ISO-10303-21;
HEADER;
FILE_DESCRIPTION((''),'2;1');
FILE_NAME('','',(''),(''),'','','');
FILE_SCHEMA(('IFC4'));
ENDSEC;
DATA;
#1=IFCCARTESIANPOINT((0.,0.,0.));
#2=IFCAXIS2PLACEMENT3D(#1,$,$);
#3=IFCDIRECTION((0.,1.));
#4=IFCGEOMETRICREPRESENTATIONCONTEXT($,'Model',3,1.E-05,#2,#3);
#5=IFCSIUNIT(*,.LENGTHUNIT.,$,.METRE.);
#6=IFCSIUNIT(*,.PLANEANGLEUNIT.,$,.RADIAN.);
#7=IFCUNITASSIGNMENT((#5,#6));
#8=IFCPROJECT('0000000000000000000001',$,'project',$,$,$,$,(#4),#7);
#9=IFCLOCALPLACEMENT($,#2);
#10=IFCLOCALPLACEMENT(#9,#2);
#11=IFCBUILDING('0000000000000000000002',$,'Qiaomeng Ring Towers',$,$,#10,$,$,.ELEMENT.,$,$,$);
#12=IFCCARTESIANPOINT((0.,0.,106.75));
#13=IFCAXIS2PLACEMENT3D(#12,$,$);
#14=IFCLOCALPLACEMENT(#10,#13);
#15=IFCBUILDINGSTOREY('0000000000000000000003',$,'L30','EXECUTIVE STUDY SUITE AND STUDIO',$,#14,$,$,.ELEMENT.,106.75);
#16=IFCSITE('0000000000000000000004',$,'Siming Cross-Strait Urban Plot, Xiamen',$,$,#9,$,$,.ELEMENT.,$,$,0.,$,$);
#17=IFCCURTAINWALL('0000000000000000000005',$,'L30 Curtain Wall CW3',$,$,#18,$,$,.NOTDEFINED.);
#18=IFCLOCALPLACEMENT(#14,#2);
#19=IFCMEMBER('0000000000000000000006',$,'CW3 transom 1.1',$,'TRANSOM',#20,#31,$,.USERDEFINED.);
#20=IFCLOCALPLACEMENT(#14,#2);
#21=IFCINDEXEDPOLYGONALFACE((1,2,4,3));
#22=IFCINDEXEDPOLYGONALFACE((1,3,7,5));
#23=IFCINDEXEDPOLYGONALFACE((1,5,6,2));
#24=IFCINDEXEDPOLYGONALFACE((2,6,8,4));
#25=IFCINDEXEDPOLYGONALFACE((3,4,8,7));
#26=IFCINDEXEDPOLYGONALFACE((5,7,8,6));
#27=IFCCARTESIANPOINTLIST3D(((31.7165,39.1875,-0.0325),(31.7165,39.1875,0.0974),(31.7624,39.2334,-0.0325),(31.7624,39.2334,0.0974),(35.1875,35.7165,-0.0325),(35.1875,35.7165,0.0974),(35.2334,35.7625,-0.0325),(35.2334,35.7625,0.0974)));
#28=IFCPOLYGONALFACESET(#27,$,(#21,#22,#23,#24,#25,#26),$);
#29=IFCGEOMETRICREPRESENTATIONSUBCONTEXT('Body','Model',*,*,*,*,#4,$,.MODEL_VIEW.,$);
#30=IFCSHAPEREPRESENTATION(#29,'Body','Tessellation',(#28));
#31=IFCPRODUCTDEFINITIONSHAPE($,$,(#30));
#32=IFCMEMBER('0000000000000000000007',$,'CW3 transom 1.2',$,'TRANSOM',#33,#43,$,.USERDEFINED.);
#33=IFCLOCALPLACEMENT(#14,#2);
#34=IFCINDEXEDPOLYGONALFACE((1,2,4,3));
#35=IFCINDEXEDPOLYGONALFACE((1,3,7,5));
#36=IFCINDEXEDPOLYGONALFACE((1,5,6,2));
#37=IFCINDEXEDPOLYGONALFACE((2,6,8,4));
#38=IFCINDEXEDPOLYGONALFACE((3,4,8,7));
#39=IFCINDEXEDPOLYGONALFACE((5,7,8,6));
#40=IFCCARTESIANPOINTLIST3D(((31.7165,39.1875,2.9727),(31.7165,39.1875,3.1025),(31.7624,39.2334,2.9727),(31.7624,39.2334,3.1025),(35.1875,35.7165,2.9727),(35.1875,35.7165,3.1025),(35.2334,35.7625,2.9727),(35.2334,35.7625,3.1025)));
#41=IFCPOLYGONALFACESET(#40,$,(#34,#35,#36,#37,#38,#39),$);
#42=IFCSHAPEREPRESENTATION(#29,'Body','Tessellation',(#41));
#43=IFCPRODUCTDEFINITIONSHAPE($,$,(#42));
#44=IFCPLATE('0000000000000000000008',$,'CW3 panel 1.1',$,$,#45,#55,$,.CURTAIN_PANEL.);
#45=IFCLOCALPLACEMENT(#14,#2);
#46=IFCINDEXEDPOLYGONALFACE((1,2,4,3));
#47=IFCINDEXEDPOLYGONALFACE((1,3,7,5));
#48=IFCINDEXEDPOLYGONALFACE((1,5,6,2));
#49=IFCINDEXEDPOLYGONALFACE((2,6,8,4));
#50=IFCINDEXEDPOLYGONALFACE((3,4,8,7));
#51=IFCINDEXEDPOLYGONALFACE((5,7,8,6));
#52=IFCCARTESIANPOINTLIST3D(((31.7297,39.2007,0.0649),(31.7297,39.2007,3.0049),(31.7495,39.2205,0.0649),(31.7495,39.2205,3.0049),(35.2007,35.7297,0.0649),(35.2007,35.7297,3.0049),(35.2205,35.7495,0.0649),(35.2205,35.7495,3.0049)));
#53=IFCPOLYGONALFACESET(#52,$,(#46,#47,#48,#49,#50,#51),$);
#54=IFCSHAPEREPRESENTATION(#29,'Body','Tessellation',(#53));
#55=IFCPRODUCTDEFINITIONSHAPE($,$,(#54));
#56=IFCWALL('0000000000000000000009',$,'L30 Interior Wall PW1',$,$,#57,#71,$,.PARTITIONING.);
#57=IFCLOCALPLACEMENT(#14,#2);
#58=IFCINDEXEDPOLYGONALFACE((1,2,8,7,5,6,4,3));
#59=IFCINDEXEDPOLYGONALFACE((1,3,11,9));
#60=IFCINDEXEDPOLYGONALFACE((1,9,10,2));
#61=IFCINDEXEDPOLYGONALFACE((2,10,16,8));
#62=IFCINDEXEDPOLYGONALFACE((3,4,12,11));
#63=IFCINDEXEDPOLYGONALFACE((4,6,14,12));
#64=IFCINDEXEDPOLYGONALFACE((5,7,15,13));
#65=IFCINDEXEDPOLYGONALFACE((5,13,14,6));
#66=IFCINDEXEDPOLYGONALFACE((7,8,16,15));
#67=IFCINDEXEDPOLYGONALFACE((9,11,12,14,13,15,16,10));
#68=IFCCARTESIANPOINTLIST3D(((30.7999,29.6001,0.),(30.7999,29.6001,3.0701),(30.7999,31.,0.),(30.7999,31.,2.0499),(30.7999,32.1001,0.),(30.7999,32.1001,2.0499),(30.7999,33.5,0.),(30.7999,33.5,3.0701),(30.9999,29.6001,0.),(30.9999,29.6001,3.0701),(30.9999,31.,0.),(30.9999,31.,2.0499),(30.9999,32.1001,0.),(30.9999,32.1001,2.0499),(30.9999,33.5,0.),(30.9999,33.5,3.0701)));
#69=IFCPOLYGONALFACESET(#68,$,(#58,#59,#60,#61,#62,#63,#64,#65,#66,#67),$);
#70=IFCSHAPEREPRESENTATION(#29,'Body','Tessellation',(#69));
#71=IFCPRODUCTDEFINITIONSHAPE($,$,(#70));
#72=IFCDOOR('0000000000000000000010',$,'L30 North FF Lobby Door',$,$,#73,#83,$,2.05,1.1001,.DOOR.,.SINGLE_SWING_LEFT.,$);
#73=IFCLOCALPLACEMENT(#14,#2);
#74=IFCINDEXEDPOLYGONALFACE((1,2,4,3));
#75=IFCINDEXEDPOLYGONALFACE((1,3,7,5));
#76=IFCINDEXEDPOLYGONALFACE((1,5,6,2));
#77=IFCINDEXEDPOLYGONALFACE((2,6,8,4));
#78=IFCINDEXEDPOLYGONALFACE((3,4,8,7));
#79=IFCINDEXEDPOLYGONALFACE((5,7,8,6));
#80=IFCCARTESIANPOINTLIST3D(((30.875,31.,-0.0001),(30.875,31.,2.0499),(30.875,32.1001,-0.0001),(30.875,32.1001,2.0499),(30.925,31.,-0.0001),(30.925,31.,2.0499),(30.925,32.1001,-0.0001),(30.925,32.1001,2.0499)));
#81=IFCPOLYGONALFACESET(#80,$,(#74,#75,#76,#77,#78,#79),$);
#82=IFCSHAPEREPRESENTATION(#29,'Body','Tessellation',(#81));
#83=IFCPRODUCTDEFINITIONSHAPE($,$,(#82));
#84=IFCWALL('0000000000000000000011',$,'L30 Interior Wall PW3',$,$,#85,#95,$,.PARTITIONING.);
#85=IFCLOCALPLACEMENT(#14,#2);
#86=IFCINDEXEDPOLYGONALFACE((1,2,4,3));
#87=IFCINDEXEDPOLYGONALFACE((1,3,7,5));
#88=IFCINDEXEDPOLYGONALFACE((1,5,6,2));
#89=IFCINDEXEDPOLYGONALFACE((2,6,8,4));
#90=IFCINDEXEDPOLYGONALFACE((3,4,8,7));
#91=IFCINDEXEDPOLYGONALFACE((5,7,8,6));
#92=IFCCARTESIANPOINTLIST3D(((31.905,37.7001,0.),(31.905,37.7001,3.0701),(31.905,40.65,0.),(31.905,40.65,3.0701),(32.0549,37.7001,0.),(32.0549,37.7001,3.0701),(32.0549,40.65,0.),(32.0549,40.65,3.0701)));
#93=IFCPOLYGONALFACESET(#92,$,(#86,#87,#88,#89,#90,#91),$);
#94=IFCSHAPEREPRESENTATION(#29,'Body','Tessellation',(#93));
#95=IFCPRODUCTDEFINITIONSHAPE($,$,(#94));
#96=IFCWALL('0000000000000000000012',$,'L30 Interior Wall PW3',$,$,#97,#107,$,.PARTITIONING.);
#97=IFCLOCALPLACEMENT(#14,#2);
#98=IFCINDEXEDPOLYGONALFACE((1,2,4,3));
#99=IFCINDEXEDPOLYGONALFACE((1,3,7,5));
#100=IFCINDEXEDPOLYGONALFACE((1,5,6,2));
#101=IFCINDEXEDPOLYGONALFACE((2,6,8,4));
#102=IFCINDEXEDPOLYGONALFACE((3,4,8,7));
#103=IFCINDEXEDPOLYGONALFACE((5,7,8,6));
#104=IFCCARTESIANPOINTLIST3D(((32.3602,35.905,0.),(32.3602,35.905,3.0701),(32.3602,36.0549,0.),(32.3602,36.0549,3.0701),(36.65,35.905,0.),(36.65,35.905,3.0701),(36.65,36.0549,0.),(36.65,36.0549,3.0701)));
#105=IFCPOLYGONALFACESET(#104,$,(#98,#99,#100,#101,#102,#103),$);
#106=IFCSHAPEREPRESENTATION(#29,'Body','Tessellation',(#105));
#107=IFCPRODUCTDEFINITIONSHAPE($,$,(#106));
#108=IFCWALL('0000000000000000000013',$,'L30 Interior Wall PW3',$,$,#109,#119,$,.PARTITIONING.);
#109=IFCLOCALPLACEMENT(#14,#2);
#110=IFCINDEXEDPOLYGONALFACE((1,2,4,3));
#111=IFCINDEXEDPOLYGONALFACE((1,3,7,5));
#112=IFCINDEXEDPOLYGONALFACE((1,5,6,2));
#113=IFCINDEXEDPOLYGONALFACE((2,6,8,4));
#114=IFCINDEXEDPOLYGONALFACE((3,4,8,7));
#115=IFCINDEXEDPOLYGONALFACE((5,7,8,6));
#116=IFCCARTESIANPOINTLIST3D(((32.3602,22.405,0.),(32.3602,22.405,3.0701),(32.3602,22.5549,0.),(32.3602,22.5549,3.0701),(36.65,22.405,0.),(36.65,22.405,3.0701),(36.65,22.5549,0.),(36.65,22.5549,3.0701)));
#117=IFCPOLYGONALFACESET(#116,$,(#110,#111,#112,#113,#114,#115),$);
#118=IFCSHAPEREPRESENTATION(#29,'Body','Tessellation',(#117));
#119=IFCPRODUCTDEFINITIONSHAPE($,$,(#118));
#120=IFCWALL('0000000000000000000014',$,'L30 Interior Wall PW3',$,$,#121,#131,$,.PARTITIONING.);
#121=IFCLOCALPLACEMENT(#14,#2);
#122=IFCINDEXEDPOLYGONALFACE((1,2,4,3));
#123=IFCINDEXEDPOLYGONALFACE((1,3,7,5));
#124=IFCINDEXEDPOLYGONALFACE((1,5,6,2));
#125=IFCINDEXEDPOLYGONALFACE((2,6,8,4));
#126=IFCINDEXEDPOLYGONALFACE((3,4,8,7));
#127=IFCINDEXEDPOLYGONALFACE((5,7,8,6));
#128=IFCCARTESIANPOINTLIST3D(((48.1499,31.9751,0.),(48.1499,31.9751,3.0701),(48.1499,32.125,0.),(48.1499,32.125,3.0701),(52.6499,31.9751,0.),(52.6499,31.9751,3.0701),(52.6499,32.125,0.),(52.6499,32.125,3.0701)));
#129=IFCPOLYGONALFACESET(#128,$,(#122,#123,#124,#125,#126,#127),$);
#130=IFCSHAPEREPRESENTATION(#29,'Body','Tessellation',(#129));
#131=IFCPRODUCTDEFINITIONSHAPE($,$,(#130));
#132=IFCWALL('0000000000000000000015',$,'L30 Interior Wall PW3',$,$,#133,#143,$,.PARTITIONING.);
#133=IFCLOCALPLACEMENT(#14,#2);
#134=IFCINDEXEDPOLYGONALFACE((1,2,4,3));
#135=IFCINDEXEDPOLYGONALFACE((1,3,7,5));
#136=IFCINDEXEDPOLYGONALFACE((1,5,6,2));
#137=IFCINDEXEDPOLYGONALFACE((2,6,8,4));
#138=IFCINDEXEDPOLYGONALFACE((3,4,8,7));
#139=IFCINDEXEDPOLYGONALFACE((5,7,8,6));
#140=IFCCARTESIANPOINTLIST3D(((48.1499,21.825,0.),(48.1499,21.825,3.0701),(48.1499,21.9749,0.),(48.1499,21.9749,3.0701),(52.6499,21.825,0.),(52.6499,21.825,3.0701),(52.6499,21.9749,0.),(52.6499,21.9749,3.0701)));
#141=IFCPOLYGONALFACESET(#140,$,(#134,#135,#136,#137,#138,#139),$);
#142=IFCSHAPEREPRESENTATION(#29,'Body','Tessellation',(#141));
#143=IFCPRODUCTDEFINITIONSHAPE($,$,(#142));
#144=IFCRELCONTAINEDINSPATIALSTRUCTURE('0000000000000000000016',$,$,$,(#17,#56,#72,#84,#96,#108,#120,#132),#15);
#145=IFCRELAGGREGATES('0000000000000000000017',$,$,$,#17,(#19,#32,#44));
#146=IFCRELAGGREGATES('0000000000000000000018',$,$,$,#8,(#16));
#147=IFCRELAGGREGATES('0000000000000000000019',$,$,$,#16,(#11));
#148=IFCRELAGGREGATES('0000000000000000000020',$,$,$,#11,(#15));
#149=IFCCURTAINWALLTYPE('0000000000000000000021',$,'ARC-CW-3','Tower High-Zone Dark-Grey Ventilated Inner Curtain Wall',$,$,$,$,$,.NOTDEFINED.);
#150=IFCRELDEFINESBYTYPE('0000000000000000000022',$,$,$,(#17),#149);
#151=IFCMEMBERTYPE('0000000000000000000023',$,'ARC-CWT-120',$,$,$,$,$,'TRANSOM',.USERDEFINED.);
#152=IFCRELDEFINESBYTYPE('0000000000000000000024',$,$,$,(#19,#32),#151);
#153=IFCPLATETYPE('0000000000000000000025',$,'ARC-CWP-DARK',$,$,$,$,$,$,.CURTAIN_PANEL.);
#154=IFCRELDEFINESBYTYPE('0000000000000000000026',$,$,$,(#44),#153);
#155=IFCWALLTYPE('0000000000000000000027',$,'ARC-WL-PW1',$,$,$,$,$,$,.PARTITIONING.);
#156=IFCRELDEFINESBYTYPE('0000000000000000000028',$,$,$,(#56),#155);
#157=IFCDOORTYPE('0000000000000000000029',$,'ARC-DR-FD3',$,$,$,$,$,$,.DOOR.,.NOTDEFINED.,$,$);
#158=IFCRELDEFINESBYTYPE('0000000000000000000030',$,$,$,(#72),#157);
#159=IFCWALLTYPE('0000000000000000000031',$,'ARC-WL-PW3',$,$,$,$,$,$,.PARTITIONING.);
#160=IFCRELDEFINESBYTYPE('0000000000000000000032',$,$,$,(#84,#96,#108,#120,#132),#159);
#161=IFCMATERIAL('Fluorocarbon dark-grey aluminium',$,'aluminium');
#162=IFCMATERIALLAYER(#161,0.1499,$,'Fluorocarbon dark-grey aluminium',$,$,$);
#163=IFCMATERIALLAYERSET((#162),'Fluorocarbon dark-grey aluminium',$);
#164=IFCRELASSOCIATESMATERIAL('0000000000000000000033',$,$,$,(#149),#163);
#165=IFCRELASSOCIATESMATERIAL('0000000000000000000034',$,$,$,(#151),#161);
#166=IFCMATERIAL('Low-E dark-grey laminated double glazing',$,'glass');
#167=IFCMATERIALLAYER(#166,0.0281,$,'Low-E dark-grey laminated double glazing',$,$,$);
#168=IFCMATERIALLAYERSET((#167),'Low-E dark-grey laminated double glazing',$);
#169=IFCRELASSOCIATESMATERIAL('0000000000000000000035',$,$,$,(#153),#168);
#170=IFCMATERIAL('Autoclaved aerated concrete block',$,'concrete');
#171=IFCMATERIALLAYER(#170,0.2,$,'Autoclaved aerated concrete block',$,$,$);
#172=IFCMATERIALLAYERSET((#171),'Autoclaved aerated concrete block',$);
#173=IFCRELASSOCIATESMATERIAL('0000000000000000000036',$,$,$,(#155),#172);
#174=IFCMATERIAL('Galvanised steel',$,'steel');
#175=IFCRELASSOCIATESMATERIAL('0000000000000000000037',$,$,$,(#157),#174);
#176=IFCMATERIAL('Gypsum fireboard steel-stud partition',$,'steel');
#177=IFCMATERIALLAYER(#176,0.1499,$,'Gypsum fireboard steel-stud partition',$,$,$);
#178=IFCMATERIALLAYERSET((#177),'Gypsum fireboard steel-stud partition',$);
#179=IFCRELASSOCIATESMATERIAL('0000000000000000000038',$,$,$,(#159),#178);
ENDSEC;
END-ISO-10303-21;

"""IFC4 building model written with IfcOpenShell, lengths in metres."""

from ifc_helpers import new_model, si_unit, direction, frame, frame_2d, origin, origin_2d, place, context, subcontext, project, spatial, rectangle, extrude, source, transform, mapped, material, layer, layer_set, material_profile, profile_set, type_object, element, fill, aggregate, save


model = new_model("IFC4")

# Units and contexts
model_context = context("Model", 3, precision=1e-05, world=origin(), true_north=direction((0.0, 1.0)))
body_context = subcontext(model_context, "Body", "Model", "MODEL_VIEW")
ifc_project = project(units=[si_unit("LENGTHUNIT", "METRE"), si_unit("PLANEANGLEUNIT", "RADIAN")], contexts=[model_context])

# Site, building, storey
site_placement = place(None, origin())
site = spatial("IfcSite", under=ifc_project, at=site_placement, Name="Siming Cross-Strait Urban Plot, Xiamen", CompositionType="ELEMENT", RefElevation=0.0)
building_placement = place(site_placement, origin())
building = spatial("IfcBuilding", under=site, at=building_placement, Name="Qiaomeng Ring Towers", CompositionType="ELEMENT")
storey_placement = place(building_placement, frame((0.0, 0.0, 106.75)))
storey = spatial("IfcBuildingStorey", under=building, at=storey_placement, Name="L30", Description="EXECUTIVE STUDY SUITE AND STUDIO", CompositionType="ELEMENT", Elevation=106.75)

# Curtain wall, members, plate
ifc_material_1 = material(Name="Fluorocarbon dark-grey aluminium", Category="aluminium")
ifc_layer_1 = layer(ifc_material_1, 0.1499, Name="Fluorocarbon dark-grey aluminium")
ifc_layer_set_1 = layer_set([ifc_layer_1], Name="Fluorocarbon dark-grey aluminium")
curtain_wall_type = type_object("IfcCurtainWallType", Name="ARC-CW-3", Description="Tower High-Zone Dark-Grey Ventilated Inner Curtain Wall", PredefinedType="NOTDEFINED", material=ifc_layer_set_1)
curtain_wall_placement = place(storey_placement, origin())
curtain_wall = element("IfcCurtainWall", 1, at=curtain_wall_placement, inside=storey, type_object=curtain_wall_type, Name="L30 Curtain Wall CW3", PredefinedType="NOTDEFINED")
ifc_material_profile_1 = material_profile(ifc_material_1, rectangle(XDim=0.0649, YDim=0.1299, at=origin_2d()), Name="ALU TRAN 65x130")
ifc_profile_set_1 = profile_set([ifc_material_profile_1], Name="Fluorocarbon dark-grey aluminium")
member_type_1 = type_object("IfcMemberType", Name="ARC-CWT-120", ElementType="TRANSOM", PredefinedType="USERDEFINED", material=ifc_profile_set_1)
shared_shape_1 = source(origin(), body_context, "Body", "SweptSolid", [
    extrude(rectangle(XDim=0.0649, YDim=0.1299, at=origin_2d()), origin(), (0.0, 0.0, 1.0), 4.9087),
])
member_1_placement = place(storey_placement, frame((35.2104, 35.7395, 0.0325), z_axis=(-0.707107, 0.707107, 0.0), x_axis=(-0.707107, -0.707107, 0.0)))
member_1 = element("IfcMember", 2, at=member_1_placement, type_object=member_type_1, Name="CW3 transom 1.1", ObjectType="TRANSOM", PredefinedType="USERDEFINED", context=body_context, shape_type="MappedRepresentation", body=[
    mapped(shared_shape_1, transform((0.0, 0.0, 0.0), x_axis=(1.0, 0.0, 0.0), y_axis=(0.0, 1.0, 0.0), z_axis=(0.0, 0.0, 1.0), scale=1.0)),
])
member_2_placement = place(storey_placement, frame((35.2104, 35.7395, 3.0376), z_axis=(-0.707107, 0.707107, 0.0), x_axis=(-0.707107, -0.707107, 0.0)))
member_2 = element("IfcMember", 3, at=member_2_placement, type_object=member_type_1, Name="CW3 transom 1.2", ObjectType="TRANSOM", PredefinedType="USERDEFINED", context=body_context, shape_type="MappedRepresentation", body=[
    mapped(shared_shape_1, transform((0.0, 0.0, 0.0), x_axis=(1.0, 0.0, 0.0), y_axis=(0.0, 1.0, 0.0), z_axis=(0.0, 0.0, 1.0), scale=1.0)),
])
ifc_material_2 = material(Name="Low-E dark-grey laminated double glazing", Category="glass")
ifc_layer_2 = layer(ifc_material_2, 0.0281, Name="Low-E dark-grey laminated double glazing")
ifc_layer_set_2 = layer_set([ifc_layer_2], Name="Low-E dark-grey laminated double glazing")
plate_type = type_object("IfcPlateType", Name="ARC-CWP-DARK", PredefinedType="CURTAIN_PANEL", material=ifc_layer_set_2)
shared_shape_2 = source(origin(), body_context, "Body", "SweptSolid", [
    extrude(rectangle(XDim=4.9087, YDim=0.0281, at=origin_2d()), origin(), (0.0, 0.0, 1.0), 2.9399),
])
plate_placement = place(storey_placement, frame((33.4751, 37.4751, 0.0649), z_axis=(0.0, 0.0, 1.0), x_axis=(-0.707107, 0.707107, 0.0)))
plate = element("IfcPlate", 4, at=plate_placement, type_object=plate_type, Name="CW3 panel 1.1", PredefinedType="CURTAIN_PANEL", context=body_context, shape_type="MappedRepresentation", body=[
    mapped(shared_shape_2, transform((0.0, 0.0, 0.0), x_axis=(1.0, 0.0, 0.0), y_axis=(0.0, 1.0, 0.0), z_axis=(0.0, 0.0, 1.0), scale=1.0)),
])
aggregate(curtain_wall, [member_1, member_2, plate])

# Wall, opening, door
ifc_material_3 = material(Name="Autoclaved aerated concrete block", Category="concrete")
ifc_layer_3 = layer(ifc_material_3, 0.2, Name="Autoclaved aerated concrete block")
ifc_layer_set_3 = layer_set([ifc_layer_3], Name="Autoclaved aerated concrete block")
wall_type_1 = type_object("IfcWallType", Name="ARC-WL-PW1", PredefinedType="PARTITIONING", material=ifc_layer_set_3)
wall_1_placement = place(storey_placement, frame((30.8999, 29.6001, 0.0), z_axis=(0.0, 0.0, 1.0), x_axis=(0.0, 1.0, 0.0)))
wall_1 = element("IfcWall", 5, at=wall_1_placement, inside=storey, type_object=wall_type_1, Name="L30 Interior Wall PW1", PredefinedType="PARTITIONING", context=body_context, shape_type="SweptSolid", body=[
    extrude(rectangle(XDim=3.8999, YDim=0.2, at=frame_2d((1.95, 0.0))), origin(), (0.0, 0.0, 1.0), 3.0701),
])
opening_1_placement = place(wall_1_placement, frame((1.3999, 0.0, 0.0)))
opening_1 = element("IfcOpeningElement", 6, at=opening_1_placement, cuts=wall_1, PredefinedType="OPENING", context=body_context, shape_type="SweptSolid", body=[
    extrude(rectangle(XDim=1.1001, YDim=2.05, at=frame_2d((0.55, 1.0249))), frame((0.0, 0.1099, 0.0), z_axis=(0.0, -1.0, 0.0), x_axis=(1.0, 0.0, 0.0)), (0.0, 0.0, 1.0), 0.22),
])
ifc_material_4 = material(Name="Galvanised steel", Category="steel")
door_type_1 = type_object("IfcDoorType", Name="ARC-DR-FD3", OperationType="NOTDEFINED", PredefinedType="DOOR", material=ifc_material_4)
shared_shape_3 = source(origin(), body_context, "Body", "SweptSolid", [
    extrude(rectangle(XDim=1.1001, YDim=2.05, at=frame_2d((0.55, 1.0249))), frame((0.0, 0.0249, 0.0), z_axis=(0.0, -1.0, 0.0), x_axis=(1.0, 0.0, 0.0)), (0.0, 0.0, 1.0), 0.05),
])
door_1_placement = place(opening_1_placement, origin())
door_1 = element("IfcDoor", 7, at=door_1_placement, inside=storey, type_object=door_type_1, Name="L30 North FF Lobby Door", OperationType="SINGLE_SWING_LEFT", OverallHeight=2.05, OverallWidth=1.1001, PredefinedType="DOOR", context=body_context, shape_type="MappedRepresentation", body=[
    mapped(shared_shape_3, transform((0.0, 0.0, 0.0), x_axis=(1.0, 0.0, 0.0), y_axis=(0.0, 1.0, 0.0), z_axis=(0.0, 0.0, 1.0), scale=1.0)),
])
fill(opening_1, door_1)

# Walls
ifc_material_5 = material(Name="Gypsum fireboard steel-stud partition", Category="steel")
ifc_layer_4 = layer(ifc_material_5, 0.1499, Name="Gypsum fireboard steel-stud partition")
ifc_layer_set_4 = layer_set([ifc_layer_4], Name="Gypsum fireboard steel-stud partition")
wall_type_2 = type_object("IfcWallType", Name="ARC-WL-PW3", PredefinedType="PARTITIONING", material=ifc_layer_set_4)
wall_2_placement = place(storey_placement, frame((31.98, 37.7, 0.0), z_axis=(0.0, 0.0, 1.0), x_axis=(0.0, 1.0, 0.0)))
element("IfcWall", 8, at=wall_2_placement, inside=storey, type_object=wall_type_2, Name="L30 Interior Wall PW3", PredefinedType="PARTITIONING", context=body_context, shape_type="SweptSolid", body=[
    extrude(rectangle(XDim=2.95, YDim=0.1499, at=frame_2d((1.4751, 0.0))), origin(), (0.0, 0.0, 1.0), 3.0701),
])
for number, where, z_axis, x_axis, name in (
    (9, (32.3601, 35.98, 0.0), (0.0, 0.0, 1.0), (1.0, 0.0, 0.0), "L30 Interior Wall PW3"),
    (10, (32.3601, 22.48, 0.0), (0.0, 0.0, 1.0), (1.0, 0.0, 0.0), "L30 Interior Wall PW3"),
):
    element("IfcWall", number, at=place(storey_placement, frame(where, z_axis=z_axis, x_axis=x_axis)), inside=storey, type_object=wall_type_2, Name=name, PredefinedType="PARTITIONING", context=body_context, shape_type="SweptSolid", body=[
        extrude(rectangle(XDim=4.2898, YDim=0.1499, at=frame_2d((2.145, 0.0))), origin(), (0.0, 0.0, 1.0), 3.0701),
    ])
for number, where, z_axis, x_axis, name in (
    (11, (48.1499, 32.05, 0.0), (0.0, 0.0, 1.0), (1.0, 0.0, 0.0), "L30 Interior Wall PW3"),
    (12, (48.1499, 21.8999, 0.0), (0.0, 0.0, 1.0), (1.0, 0.0, 0.0), "L30 Interior Wall PW3"),
):
    element("IfcWall", number, at=place(storey_placement, frame(where, z_axis=z_axis, x_axis=x_axis)), inside=storey, type_object=wall_type_2, Name=name, PredefinedType="PARTITIONING", context=body_context, shape_type="SweptSolid", body=[
        extrude(rectangle(XDim=4.5, YDim=0.1499, at=frame_2d((2.25, 0.0))), origin(), (0.0, 0.0, 1.0), 3.0701),
    ])

save(model, "model.ifc")
